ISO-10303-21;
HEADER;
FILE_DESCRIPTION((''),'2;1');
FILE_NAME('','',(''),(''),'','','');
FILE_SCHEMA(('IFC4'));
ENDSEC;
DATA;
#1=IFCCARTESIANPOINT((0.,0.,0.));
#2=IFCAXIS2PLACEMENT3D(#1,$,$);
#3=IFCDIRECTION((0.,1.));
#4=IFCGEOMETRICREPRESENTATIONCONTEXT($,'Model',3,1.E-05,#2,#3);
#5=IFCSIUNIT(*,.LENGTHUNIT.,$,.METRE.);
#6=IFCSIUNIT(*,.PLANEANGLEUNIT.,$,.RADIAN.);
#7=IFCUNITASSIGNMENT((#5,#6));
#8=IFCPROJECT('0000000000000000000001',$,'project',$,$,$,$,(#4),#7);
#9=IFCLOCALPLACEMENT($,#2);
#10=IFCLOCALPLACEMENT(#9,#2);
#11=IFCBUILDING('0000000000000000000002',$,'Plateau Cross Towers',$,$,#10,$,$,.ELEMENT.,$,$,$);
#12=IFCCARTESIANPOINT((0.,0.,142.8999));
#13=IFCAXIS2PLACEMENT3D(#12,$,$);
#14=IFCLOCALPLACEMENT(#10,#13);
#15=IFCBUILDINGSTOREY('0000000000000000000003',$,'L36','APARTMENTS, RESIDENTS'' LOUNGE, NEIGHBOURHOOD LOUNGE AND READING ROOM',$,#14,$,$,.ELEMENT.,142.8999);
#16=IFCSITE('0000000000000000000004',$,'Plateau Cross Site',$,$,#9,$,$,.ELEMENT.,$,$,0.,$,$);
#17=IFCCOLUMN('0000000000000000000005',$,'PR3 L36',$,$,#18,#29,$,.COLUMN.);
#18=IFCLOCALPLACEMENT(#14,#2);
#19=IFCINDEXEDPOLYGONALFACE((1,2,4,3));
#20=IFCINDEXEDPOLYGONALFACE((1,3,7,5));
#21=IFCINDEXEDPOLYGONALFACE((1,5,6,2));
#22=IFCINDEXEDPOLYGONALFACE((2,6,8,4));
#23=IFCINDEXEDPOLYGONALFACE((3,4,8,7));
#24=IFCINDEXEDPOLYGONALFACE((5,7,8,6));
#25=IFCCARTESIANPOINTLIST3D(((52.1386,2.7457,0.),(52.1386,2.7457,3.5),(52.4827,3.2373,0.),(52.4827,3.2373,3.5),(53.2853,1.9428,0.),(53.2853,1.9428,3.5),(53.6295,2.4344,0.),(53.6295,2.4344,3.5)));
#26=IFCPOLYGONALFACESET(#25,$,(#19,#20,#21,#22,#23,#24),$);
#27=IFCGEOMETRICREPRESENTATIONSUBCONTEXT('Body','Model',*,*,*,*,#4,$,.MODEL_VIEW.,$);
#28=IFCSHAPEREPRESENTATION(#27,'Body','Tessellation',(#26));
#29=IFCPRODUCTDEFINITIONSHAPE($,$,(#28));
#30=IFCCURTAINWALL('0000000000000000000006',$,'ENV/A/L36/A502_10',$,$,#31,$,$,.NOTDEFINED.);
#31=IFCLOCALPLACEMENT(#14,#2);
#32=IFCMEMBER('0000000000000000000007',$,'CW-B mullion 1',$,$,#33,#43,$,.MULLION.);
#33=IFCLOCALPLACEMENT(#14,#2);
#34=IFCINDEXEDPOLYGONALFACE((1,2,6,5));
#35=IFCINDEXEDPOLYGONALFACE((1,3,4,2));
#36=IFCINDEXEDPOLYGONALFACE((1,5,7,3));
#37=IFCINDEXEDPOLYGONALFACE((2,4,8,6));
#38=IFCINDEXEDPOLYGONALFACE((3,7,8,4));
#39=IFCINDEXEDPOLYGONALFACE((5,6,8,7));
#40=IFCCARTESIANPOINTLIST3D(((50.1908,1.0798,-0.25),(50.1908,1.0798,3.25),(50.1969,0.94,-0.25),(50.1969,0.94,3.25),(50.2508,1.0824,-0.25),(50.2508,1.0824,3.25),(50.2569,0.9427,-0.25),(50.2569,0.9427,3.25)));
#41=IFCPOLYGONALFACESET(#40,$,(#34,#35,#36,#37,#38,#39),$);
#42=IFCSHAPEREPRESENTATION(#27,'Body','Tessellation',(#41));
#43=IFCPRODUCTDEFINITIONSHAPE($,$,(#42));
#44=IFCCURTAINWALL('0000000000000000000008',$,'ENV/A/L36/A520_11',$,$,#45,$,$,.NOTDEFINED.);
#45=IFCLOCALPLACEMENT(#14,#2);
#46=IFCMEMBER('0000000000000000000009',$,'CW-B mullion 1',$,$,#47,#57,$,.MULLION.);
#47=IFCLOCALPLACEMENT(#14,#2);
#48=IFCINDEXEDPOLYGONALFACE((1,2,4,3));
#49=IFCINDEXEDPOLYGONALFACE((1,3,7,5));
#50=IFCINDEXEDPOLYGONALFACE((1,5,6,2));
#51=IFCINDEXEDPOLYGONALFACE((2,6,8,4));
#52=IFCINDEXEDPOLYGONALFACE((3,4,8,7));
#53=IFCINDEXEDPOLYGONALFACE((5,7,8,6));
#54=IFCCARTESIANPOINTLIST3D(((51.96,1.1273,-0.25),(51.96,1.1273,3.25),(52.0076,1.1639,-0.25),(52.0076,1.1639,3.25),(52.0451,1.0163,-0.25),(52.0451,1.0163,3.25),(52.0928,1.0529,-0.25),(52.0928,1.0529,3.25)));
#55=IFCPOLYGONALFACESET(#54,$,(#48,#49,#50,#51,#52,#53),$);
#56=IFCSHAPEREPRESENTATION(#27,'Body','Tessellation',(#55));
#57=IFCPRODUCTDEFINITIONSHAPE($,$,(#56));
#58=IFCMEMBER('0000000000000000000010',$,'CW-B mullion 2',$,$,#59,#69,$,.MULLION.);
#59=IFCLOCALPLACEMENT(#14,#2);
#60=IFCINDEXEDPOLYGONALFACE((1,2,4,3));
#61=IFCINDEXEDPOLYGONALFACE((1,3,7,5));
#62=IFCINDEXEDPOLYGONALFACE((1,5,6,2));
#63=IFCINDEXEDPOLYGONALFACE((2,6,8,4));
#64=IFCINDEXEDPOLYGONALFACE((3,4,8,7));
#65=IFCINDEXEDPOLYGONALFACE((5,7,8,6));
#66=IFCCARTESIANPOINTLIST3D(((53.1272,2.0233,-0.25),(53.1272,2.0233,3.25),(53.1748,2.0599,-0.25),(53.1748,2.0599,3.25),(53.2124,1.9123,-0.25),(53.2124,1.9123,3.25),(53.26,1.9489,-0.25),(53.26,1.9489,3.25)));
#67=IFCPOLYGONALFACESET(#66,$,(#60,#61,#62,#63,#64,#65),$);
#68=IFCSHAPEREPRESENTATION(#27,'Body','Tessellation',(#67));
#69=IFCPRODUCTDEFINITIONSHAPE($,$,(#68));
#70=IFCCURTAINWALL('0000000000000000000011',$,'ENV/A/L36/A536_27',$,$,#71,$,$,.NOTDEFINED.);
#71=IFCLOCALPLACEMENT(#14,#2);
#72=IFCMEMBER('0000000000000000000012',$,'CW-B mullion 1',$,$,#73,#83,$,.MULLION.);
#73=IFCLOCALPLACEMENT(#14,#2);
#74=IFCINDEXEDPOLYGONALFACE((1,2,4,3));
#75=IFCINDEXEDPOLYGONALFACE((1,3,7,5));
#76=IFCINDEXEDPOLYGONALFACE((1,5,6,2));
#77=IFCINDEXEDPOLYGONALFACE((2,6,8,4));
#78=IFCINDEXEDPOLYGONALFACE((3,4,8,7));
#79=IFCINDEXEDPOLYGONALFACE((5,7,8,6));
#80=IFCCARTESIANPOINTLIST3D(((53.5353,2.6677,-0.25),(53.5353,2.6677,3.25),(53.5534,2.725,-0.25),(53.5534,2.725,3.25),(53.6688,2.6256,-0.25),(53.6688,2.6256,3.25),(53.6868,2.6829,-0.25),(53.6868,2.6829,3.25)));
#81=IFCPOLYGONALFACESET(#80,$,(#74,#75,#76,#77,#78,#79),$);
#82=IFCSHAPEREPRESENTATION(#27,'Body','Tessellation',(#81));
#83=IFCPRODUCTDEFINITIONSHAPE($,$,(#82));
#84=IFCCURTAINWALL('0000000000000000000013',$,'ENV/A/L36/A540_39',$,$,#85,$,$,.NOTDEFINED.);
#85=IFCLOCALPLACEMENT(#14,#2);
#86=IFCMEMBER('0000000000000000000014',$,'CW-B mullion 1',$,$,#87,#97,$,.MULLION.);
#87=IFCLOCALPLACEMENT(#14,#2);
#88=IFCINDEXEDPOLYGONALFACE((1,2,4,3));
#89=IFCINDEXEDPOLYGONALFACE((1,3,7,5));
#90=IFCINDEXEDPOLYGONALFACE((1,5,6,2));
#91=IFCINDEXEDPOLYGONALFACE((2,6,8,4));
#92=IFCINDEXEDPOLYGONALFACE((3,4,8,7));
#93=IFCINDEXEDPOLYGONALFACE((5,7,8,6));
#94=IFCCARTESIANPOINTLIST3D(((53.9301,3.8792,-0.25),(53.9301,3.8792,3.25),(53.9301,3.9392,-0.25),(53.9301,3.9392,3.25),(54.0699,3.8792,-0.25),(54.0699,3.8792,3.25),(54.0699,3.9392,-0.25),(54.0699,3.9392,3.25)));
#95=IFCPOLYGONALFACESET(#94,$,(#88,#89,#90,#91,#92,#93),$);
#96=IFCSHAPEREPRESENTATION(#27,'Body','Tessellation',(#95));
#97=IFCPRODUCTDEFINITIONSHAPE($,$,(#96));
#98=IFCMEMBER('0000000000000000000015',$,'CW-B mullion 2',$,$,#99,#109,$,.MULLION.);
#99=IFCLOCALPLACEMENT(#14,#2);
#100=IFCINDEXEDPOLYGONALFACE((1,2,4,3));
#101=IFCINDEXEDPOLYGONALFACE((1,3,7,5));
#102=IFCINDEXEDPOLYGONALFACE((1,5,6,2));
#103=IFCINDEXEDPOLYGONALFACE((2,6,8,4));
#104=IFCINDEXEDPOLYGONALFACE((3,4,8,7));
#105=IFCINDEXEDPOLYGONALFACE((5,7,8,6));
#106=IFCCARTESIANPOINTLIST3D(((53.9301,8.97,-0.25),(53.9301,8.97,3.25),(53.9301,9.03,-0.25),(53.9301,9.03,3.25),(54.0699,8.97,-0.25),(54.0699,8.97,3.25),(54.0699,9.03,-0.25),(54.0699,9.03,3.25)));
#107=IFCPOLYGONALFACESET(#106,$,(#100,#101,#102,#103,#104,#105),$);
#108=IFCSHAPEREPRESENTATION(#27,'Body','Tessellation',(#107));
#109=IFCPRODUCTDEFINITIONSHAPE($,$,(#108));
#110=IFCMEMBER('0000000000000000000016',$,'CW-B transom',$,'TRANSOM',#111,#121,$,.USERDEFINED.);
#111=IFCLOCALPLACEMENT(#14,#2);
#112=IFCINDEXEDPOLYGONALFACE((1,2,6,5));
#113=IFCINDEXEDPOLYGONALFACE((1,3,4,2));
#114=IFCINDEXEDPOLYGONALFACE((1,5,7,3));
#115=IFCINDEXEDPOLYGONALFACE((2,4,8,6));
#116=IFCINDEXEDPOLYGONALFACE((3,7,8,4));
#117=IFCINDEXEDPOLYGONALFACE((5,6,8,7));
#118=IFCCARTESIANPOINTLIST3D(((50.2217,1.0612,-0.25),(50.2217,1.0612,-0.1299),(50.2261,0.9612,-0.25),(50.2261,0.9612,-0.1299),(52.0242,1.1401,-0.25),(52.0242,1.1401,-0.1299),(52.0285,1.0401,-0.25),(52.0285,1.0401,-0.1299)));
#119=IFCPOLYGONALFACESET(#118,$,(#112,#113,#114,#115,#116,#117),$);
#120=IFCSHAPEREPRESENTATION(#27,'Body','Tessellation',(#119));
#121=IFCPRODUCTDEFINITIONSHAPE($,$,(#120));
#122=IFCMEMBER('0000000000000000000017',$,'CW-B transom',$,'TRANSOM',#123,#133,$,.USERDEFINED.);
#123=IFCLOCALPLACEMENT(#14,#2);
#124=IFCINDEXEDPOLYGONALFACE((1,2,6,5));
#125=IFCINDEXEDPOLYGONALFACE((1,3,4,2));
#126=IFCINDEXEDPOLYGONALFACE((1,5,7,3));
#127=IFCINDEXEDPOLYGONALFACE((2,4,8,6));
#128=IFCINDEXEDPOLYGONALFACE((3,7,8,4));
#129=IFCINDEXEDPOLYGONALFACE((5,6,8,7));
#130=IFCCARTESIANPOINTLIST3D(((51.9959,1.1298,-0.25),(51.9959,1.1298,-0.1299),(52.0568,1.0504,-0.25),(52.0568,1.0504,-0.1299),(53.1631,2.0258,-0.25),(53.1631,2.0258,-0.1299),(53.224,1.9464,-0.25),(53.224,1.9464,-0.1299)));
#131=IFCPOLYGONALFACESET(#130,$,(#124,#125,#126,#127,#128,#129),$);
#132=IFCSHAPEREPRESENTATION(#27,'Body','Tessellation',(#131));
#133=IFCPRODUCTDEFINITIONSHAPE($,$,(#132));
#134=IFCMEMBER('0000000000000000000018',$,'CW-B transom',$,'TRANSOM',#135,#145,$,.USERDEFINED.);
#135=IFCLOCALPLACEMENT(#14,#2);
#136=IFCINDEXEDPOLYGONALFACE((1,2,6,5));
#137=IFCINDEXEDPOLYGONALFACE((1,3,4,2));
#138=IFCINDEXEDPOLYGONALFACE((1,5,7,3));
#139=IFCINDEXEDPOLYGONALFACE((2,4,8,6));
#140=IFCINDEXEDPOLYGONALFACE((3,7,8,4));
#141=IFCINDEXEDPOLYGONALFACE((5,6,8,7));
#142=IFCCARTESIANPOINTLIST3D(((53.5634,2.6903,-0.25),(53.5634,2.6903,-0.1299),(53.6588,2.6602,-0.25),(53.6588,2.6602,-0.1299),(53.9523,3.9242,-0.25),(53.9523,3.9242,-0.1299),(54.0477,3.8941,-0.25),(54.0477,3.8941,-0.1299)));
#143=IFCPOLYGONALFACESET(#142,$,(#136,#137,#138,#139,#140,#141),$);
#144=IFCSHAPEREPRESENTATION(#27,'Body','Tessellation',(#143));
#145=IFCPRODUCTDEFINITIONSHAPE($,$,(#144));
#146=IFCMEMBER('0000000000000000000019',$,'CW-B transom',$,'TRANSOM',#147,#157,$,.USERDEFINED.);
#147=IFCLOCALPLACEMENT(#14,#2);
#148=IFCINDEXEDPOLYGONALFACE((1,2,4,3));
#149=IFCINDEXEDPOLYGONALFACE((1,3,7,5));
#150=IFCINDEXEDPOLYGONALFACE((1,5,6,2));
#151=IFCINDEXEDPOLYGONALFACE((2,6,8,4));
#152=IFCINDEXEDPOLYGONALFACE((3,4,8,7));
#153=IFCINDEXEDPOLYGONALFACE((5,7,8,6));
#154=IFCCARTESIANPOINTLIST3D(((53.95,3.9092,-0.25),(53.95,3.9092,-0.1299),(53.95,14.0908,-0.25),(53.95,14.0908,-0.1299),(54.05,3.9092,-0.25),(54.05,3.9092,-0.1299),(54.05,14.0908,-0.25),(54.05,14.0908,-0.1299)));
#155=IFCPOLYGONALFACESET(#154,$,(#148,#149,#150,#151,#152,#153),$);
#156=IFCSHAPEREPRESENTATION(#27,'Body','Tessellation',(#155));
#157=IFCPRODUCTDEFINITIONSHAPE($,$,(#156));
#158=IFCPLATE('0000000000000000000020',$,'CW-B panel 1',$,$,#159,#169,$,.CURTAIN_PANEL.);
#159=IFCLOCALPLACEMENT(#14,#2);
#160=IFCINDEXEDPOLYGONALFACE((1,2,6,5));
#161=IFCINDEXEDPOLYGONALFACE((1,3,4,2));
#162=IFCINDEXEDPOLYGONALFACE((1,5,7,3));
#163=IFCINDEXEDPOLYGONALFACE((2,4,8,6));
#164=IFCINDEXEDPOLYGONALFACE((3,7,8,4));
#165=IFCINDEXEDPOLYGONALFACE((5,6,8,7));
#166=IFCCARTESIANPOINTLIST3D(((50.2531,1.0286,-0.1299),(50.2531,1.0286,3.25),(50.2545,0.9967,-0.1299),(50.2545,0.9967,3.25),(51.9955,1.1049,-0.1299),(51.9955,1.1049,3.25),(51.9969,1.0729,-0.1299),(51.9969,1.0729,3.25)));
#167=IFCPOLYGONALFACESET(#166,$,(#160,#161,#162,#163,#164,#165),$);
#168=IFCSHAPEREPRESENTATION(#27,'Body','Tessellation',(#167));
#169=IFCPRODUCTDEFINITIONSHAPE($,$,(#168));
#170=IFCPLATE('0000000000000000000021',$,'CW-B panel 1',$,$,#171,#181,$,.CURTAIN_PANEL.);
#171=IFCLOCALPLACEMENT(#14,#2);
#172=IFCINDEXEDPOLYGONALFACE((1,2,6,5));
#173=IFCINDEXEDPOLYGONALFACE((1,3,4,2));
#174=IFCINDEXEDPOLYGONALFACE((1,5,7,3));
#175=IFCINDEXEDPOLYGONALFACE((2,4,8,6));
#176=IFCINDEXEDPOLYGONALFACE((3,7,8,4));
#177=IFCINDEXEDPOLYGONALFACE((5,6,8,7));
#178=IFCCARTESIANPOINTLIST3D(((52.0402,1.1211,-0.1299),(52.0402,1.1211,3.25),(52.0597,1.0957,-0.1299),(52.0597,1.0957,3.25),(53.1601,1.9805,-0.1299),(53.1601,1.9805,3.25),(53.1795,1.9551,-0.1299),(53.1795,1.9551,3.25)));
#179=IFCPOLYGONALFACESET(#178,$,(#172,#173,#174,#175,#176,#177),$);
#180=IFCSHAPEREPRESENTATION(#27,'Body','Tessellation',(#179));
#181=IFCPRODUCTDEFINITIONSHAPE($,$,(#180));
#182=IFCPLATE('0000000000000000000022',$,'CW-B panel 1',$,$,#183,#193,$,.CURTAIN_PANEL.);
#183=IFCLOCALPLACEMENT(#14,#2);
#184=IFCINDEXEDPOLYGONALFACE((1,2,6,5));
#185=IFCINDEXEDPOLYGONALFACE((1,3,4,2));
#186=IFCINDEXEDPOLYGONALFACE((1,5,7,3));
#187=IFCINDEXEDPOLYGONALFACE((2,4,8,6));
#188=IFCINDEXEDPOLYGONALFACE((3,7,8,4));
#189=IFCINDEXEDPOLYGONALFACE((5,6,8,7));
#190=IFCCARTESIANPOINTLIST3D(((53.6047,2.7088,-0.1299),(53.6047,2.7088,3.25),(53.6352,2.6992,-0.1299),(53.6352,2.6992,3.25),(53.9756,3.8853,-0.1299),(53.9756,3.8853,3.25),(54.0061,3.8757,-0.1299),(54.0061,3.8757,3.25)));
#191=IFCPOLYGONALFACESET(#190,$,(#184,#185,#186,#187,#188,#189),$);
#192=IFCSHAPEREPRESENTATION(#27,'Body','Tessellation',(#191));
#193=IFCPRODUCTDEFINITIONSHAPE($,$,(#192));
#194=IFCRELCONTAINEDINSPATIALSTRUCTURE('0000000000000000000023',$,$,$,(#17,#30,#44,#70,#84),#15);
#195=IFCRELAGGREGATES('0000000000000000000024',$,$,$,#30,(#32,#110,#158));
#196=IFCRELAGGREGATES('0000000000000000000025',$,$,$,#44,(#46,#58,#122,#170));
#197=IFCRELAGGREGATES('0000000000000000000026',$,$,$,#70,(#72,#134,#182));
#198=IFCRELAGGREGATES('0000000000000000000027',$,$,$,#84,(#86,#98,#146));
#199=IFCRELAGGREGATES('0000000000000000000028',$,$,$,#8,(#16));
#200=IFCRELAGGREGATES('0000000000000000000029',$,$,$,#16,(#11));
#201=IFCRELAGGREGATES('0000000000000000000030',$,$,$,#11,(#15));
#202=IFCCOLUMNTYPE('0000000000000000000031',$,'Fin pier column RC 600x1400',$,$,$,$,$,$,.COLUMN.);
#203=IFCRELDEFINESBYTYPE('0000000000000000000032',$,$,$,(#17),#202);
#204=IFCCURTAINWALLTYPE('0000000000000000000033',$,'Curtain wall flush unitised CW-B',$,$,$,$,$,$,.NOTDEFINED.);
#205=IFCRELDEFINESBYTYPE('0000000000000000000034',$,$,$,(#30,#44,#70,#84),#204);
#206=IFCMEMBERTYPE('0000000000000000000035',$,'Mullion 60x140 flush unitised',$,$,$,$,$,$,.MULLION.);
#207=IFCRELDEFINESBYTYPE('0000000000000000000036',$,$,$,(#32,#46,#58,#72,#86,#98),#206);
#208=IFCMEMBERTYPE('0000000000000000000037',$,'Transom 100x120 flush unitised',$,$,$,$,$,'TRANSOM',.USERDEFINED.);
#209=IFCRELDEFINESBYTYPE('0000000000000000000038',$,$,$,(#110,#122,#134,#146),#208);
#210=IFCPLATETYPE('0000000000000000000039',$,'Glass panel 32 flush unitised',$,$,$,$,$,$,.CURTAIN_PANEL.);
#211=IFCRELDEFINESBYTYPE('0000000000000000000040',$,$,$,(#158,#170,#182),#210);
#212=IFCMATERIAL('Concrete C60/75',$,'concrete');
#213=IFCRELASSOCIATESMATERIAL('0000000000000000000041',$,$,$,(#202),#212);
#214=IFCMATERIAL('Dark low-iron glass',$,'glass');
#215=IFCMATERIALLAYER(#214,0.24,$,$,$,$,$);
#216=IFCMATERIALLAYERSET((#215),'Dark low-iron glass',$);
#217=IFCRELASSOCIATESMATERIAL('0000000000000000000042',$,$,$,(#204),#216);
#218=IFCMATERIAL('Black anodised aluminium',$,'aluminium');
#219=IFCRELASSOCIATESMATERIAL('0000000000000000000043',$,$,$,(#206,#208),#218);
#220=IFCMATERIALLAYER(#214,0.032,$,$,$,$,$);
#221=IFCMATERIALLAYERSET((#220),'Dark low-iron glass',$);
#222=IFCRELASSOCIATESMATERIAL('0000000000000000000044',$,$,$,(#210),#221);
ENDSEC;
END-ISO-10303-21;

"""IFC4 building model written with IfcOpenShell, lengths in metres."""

from ifc_helpers import new_model, si_unit, direction, frame, origin, origin_2d, place, context, subcontext, project, spatial, rectangle, extrude, material, layer, layer_set, material_profile, profile_set, type_object, element, aggregate, save


model = new_model("IFC4")

# Units and contexts
model_context = context("Model", 3, precision=1e-05, world=origin(), true_north=direction((0.0, 1.0)))
body_context = subcontext(model_context, "Body", "Model", "MODEL_VIEW")
ifc_project = project(units=[si_unit("LENGTHUNIT", "METRE"), si_unit("PLANEANGLEUNIT", "RADIAN")], contexts=[model_context])

# Site, building, storey
site_placement = place(None, origin())
site = spatial("IfcSite", under=ifc_project, at=site_placement, Name="Plateau Cross Site", CompositionType="ELEMENT", RefElevation=0.0)
building_placement = place(site_placement, origin())
building = spatial("IfcBuilding", under=site, at=building_placement, Name="Plateau Cross Towers", CompositionType="ELEMENT")
storey_placement = place(building_placement, frame((0.0, 0.0, 142.8999)))
storey = spatial("IfcBuildingStorey", under=building, at=storey_placement, Name="L36", Description="APARTMENTS, RESIDENTS' LOUNGE, NEIGHBOURHOOD LOUNGE AND READING ROOM", CompositionType="ELEMENT", Elevation=142.8999)

# Column
ifc_material_1 = material(Name="Concrete C60/75", Category="concrete")
ifc_material_profile_1 = material_profile(ifc_material_1, rectangle(XDim=0.6001, YDim=1.3999, at=origin_2d()), Name="RC 600x1400")
ifc_profile_set_1 = profile_set([ifc_material_profile_1], Name="Concrete C60/75")
column_type = type_object("IfcColumnType", Name="Fin pier column RC 600x1400", PredefinedType="COLUMN", material=ifc_profile_set_1)
column_placement = place(storey_placement, frame((52.884, 2.5901, 0.0), z_axis=(0.0, 0.0, 1.0), x_axis=(0.573543, 0.819176, 0.0)))
element("IfcColumn", 1, at=column_placement, inside=storey, type_object=column_type, Name="PR3 L36", PredefinedType="COLUMN", context=body_context, shape_type="SweptSolid", body=[
    extrude(rectangle(XDim=0.6001, YDim=1.3999, at=origin_2d()), origin(), (0.0, 0.0, 1.0), 3.5),
])

# Curtain wall, member
ifc_material_2 = material(Name="Dark low-iron glass", Category="glass")
ifc_layer_1 = layer(ifc_material_2, 0.24)
ifc_layer_set_1 = layer_set([ifc_layer_1], Name="Dark low-iron glass")
curtain_wall_type_1 = type_object("IfcCurtainWallType", Name="Curtain wall flush unitised CW-B", PredefinedType="NOTDEFINED", material=ifc_layer_set_1)
curtain_wall_1_placement = place(storey_placement, origin())
curtain_wall_1 = element("IfcCurtainWall", 2, at=curtain_wall_1_placement, inside=storey, type_object=curtain_wall_type_1, Name="ENV/A/L36/A502_10", PredefinedType="NOTDEFINED")
ifc_material_3 = material(Name="Black anodised aluminium", Category="aluminium")
ifc_material_profile_2 = material_profile(ifc_material_3, rectangle(XDim=0.0601, YDim=0.1399, at=origin_2d()), Name="MULLION 60x140")
ifc_profile_set_2 = profile_set([ifc_material_profile_2], Name="Black anodised aluminium")
member_type_1 = type_object("IfcMemberType", Name="Mullion 60x140 flush unitised", PredefinedType="MULLION", material=ifc_profile_set_2)
member_1_placement = place(storey_placement, frame((50.2239, 1.0112, -0.25), z_axis=(0.0, 0.0, 1.0), x_axis=(0.999044, 0.043723, 0.0)))
member_1 = element("IfcMember", 3, at=member_1_placement, type_object=member_type_1, Name="CW-B mullion 1", PredefinedType="MULLION", context=body_context, shape_type="SweptSolid", body=[
    extrude(rectangle(XDim=0.0601, YDim=0.1399, at=origin_2d()), origin(), (0.0, 0.0, 1.0), 3.5),
])

# Curtain wall, members
curtain_wall_2_placement = place(storey_placement, origin())
curtain_wall_2 = element("IfcCurtainWall", 4, at=curtain_wall_2_placement, inside=storey, type_object=curtain_wall_type_1, Name="ENV/A/L36/A520_11", PredefinedType="NOTDEFINED")
member_2_placement = place(storey_placement, frame((52.0264, 1.0901, -0.25), z_axis=(0.0, 0.0, 1.0), x_axis=(0.793316, 0.608811, 0.0)))
member_2 = element("IfcMember", 5, at=member_2_placement, type_object=member_type_1, Name="CW-B mullion 1", PredefinedType="MULLION", context=body_context, shape_type="SweptSolid", body=[
    extrude(rectangle(XDim=0.0601, YDim=0.1399, at=origin_2d()), origin(), (0.0, 0.0, 1.0), 3.5),
])
member_3_placement = place(storey_placement, frame((53.1936, 1.9861, -0.25), z_axis=(0.0, 0.0, 1.0), x_axis=(0.793316, 0.608811, 0.0)))
member_3 = element("IfcMember", 6, at=member_3_placement, type_object=member_type_1, Name="CW-B mullion 2", PredefinedType="MULLION", context=body_context, shape_type="SweptSolid", body=[
    extrude(rectangle(XDim=0.0601, YDim=0.1399, at=origin_2d()), origin(), (0.0, 0.0, 1.0), 3.5),
])

# Curtain wall, member
curtain_wall_3_placement = place(storey_placement, origin())
curtain_wall_3 = element("IfcCurtainWall", 7, at=curtain_wall_3_placement, inside=storey, type_object=curtain_wall_type_1, Name="ENV/A/L36/A536_27", PredefinedType="NOTDEFINED")
member_4_placement = place(storey_placement, frame((53.6111, 2.6753, -0.25), z_axis=(0.0, 0.0, 1.0), x_axis=(0.300686, 0.953723, 0.0)))
member_4 = element("IfcMember", 8, at=member_4_placement, type_object=member_type_1, Name="CW-B mullion 1", PredefinedType="MULLION", context=body_context, shape_type="SweptSolid", body=[
    extrude(rectangle(XDim=0.0601, YDim=0.1399, at=origin_2d()), origin(), (0.0, 0.0, 1.0), 3.5),
])

# Curtain wall, members
curtain_wall_4_placement = place(storey_placement, origin())
curtain_wall_4 = element("IfcCurtainWall", 9, at=curtain_wall_4_placement, inside=storey, type_object=curtain_wall_type_1, Name="ENV/A/L36/A540_39", PredefinedType="NOTDEFINED")
member_5_placement = place(storey_placement, frame((54.0, 3.9092, -0.25), z_axis=(0.0, 0.0, 1.0), x_axis=(0.0, 1.0, 0.0)))
member_5 = element("IfcMember", 10, at=member_5_placement, type_object=member_type_1, Name="CW-B mullion 1", PredefinedType="MULLION", context=body_context, shape_type="SweptSolid", body=[
    extrude(rectangle(XDim=0.0601, YDim=0.1399, at=origin_2d()), origin(), (0.0, 0.0, 1.0), 3.5),
])
member_6_placement = place(storey_placement, frame((54.0, 9.0, -0.25), z_axis=(0.0, 0.0, 1.0), x_axis=(0.0, 1.0, 0.0)))
member_6 = element("IfcMember", 11, at=member_6_placement, type_object=member_type_1, Name="CW-B mullion 2", PredefinedType="MULLION", context=body_context, shape_type="SweptSolid", body=[
    extrude(rectangle(XDim=0.0601, YDim=0.1399, at=origin_2d()), origin(), (0.0, 0.0, 1.0), 3.5),
])

# Members
ifc_material_profile_3 = material_profile(ifc_material_3, rectangle(XDim=0.1001, YDim=0.1201, at=origin_2d()), Name="TRANSOM 100x120")
ifc_profile_set_3 = profile_set([ifc_material_profile_3], Name="Black anodised aluminium")
member_type_2 = type_object("IfcMemberType", Name="Transom 100x120 flush unitised", ElementType="TRANSOM", PredefinedType="USERDEFINED", material=ifc_profile_set_3)
member_7_placement = place(storey_placement, frame((50.2239, 1.0112, -0.1899), z_axis=(0.999044, 0.043707, 0.0), x_axis=(-0.043707, 0.999044, 0.0)))
member_7 = element("IfcMember", 12, at=member_7_placement, type_object=member_type_2, Name="CW-B transom", ObjectType="TRANSOM", PredefinedType="USERDEFINED", context=body_context, shape_type="SweptSolid", body=[
    extrude(rectangle(XDim=0.1001, YDim=0.1201, at=origin_2d()), origin(), (0.0, 0.0, 1.0), 1.8042),
])
member_8_placement = place(storey_placement, frame((52.0264, 1.0901, -0.1899), z_axis=(0.79324, 0.608909, 0.0), x_axis=(-0.608909, 0.79324, 0.0)))
member_8 = element("IfcMember", 13, at=member_8_placement, type_object=member_type_2, Name="CW-B transom", ObjectType="TRANSOM", PredefinedType="USERDEFINED", context=body_context, shape_type="SweptSolid", body=[
    extrude(rectangle(XDim=0.1001, YDim=0.1201, at=origin_2d()), origin(), (0.0, 0.0, 1.0), 1.4714),
])
member_9_placement = place(storey_placement, frame((53.6111, 2.6753, -0.1899), z_axis=(0.300617, 0.953745, 0.0), x_axis=(-0.953745, 0.300617, 0.0)))
member_9 = element("IfcMember", 14, at=member_9_placement, type_object=member_type_2, Name="CW-B transom", ObjectType="TRANSOM", PredefinedType="USERDEFINED", context=body_context, shape_type="SweptSolid", body=[
    extrude(rectangle(XDim=0.1001, YDim=0.1201, at=origin_2d()), origin(), (0.0, 0.0, 1.0), 1.2937),
])
member_10_placement = place(storey_placement, frame((54.0, 3.9092, -0.1899), z_axis=(0.0, 1.0, 0.0), x_axis=(-1.0, 0.0, 0.0)))
member_10 = element("IfcMember", 15, at=member_10_placement, type_object=member_type_2, Name="CW-B transom", ObjectType="TRANSOM", PredefinedType="USERDEFINED", context=body_context, shape_type="SweptSolid", body=[
    extrude(rectangle(XDim=0.1001, YDim=0.1201, at=origin_2d()), origin(), (0.0, 0.0, 1.0), 10.1816),
])

# Plates
ifc_layer_2 = layer(ifc_material_2, 0.032)
ifc_layer_set_2 = layer_set([ifc_layer_2], Name="Dark low-iron glass")
plate_type_1 = type_object("IfcPlateType", Name="Glass panel 32 flush unitised", PredefinedType="CURTAIN_PANEL", material=ifc_layer_set_2)
plate_1_placement = place(storey_placement, frame((51.125, 1.0508, -0.1299), z_axis=(0.0, 0.0, 1.0), x_axis=(0.999044, 0.043723, 0.0)))
plate_1 = element("IfcPlate", 16, at=plate_1_placement, type_object=plate_type_1, Name="CW-B panel 1", PredefinedType="CURTAIN_PANEL", context=body_context, shape_type="SweptSolid", body=[
    extrude(rectangle(XDim=1.7441, YDim=0.032, at=origin_2d()), origin(), (0.0, 0.0, 1.0), 3.3799),
])
aggregate(curtain_wall_1, [member_1, member_7, plate_1])
plate_2_placement = place(storey_placement, frame((52.6099, 1.5381, -0.1299), z_axis=(0.0, 0.0, 1.0), x_axis=(0.793316, 0.608811, 0.0)))
plate_2 = element("IfcPlate", 17, at=plate_2_placement, type_object=plate_type_1, Name="CW-B panel 1", PredefinedType="CURTAIN_PANEL", context=body_context, shape_type="SweptSolid", body=[
    extrude(rectangle(XDim=1.4116, YDim=0.032, at=origin_2d()), origin(), (0.0, 0.0, 1.0), 3.3799),
])
aggregate(curtain_wall_2, [member_2, member_3, member_8, plate_2])
plate_3_placement = place(storey_placement, frame((53.8054, 3.2922, -0.1299), z_axis=(0.0, 0.0, 1.0), x_axis=(0.300686, 0.953723, 0.0)))
plate_3 = element("IfcPlate", 18, at=plate_3_placement, type_object=plate_type_1, Name="CW-B panel 1", PredefinedType="CURTAIN_PANEL", context=body_context, shape_type="SweptSolid", body=[
    extrude(rectangle(XDim=1.2336, YDim=0.032, at=origin_2d()), origin(), (0.0, 0.0, 1.0), 3.3799),
])
aggregate(curtain_wall_3, [member_4, member_9, plate_3])
aggregate(curtain_wall_4, [member_5, member_6, member_10])

save(model, "model.ifc")
